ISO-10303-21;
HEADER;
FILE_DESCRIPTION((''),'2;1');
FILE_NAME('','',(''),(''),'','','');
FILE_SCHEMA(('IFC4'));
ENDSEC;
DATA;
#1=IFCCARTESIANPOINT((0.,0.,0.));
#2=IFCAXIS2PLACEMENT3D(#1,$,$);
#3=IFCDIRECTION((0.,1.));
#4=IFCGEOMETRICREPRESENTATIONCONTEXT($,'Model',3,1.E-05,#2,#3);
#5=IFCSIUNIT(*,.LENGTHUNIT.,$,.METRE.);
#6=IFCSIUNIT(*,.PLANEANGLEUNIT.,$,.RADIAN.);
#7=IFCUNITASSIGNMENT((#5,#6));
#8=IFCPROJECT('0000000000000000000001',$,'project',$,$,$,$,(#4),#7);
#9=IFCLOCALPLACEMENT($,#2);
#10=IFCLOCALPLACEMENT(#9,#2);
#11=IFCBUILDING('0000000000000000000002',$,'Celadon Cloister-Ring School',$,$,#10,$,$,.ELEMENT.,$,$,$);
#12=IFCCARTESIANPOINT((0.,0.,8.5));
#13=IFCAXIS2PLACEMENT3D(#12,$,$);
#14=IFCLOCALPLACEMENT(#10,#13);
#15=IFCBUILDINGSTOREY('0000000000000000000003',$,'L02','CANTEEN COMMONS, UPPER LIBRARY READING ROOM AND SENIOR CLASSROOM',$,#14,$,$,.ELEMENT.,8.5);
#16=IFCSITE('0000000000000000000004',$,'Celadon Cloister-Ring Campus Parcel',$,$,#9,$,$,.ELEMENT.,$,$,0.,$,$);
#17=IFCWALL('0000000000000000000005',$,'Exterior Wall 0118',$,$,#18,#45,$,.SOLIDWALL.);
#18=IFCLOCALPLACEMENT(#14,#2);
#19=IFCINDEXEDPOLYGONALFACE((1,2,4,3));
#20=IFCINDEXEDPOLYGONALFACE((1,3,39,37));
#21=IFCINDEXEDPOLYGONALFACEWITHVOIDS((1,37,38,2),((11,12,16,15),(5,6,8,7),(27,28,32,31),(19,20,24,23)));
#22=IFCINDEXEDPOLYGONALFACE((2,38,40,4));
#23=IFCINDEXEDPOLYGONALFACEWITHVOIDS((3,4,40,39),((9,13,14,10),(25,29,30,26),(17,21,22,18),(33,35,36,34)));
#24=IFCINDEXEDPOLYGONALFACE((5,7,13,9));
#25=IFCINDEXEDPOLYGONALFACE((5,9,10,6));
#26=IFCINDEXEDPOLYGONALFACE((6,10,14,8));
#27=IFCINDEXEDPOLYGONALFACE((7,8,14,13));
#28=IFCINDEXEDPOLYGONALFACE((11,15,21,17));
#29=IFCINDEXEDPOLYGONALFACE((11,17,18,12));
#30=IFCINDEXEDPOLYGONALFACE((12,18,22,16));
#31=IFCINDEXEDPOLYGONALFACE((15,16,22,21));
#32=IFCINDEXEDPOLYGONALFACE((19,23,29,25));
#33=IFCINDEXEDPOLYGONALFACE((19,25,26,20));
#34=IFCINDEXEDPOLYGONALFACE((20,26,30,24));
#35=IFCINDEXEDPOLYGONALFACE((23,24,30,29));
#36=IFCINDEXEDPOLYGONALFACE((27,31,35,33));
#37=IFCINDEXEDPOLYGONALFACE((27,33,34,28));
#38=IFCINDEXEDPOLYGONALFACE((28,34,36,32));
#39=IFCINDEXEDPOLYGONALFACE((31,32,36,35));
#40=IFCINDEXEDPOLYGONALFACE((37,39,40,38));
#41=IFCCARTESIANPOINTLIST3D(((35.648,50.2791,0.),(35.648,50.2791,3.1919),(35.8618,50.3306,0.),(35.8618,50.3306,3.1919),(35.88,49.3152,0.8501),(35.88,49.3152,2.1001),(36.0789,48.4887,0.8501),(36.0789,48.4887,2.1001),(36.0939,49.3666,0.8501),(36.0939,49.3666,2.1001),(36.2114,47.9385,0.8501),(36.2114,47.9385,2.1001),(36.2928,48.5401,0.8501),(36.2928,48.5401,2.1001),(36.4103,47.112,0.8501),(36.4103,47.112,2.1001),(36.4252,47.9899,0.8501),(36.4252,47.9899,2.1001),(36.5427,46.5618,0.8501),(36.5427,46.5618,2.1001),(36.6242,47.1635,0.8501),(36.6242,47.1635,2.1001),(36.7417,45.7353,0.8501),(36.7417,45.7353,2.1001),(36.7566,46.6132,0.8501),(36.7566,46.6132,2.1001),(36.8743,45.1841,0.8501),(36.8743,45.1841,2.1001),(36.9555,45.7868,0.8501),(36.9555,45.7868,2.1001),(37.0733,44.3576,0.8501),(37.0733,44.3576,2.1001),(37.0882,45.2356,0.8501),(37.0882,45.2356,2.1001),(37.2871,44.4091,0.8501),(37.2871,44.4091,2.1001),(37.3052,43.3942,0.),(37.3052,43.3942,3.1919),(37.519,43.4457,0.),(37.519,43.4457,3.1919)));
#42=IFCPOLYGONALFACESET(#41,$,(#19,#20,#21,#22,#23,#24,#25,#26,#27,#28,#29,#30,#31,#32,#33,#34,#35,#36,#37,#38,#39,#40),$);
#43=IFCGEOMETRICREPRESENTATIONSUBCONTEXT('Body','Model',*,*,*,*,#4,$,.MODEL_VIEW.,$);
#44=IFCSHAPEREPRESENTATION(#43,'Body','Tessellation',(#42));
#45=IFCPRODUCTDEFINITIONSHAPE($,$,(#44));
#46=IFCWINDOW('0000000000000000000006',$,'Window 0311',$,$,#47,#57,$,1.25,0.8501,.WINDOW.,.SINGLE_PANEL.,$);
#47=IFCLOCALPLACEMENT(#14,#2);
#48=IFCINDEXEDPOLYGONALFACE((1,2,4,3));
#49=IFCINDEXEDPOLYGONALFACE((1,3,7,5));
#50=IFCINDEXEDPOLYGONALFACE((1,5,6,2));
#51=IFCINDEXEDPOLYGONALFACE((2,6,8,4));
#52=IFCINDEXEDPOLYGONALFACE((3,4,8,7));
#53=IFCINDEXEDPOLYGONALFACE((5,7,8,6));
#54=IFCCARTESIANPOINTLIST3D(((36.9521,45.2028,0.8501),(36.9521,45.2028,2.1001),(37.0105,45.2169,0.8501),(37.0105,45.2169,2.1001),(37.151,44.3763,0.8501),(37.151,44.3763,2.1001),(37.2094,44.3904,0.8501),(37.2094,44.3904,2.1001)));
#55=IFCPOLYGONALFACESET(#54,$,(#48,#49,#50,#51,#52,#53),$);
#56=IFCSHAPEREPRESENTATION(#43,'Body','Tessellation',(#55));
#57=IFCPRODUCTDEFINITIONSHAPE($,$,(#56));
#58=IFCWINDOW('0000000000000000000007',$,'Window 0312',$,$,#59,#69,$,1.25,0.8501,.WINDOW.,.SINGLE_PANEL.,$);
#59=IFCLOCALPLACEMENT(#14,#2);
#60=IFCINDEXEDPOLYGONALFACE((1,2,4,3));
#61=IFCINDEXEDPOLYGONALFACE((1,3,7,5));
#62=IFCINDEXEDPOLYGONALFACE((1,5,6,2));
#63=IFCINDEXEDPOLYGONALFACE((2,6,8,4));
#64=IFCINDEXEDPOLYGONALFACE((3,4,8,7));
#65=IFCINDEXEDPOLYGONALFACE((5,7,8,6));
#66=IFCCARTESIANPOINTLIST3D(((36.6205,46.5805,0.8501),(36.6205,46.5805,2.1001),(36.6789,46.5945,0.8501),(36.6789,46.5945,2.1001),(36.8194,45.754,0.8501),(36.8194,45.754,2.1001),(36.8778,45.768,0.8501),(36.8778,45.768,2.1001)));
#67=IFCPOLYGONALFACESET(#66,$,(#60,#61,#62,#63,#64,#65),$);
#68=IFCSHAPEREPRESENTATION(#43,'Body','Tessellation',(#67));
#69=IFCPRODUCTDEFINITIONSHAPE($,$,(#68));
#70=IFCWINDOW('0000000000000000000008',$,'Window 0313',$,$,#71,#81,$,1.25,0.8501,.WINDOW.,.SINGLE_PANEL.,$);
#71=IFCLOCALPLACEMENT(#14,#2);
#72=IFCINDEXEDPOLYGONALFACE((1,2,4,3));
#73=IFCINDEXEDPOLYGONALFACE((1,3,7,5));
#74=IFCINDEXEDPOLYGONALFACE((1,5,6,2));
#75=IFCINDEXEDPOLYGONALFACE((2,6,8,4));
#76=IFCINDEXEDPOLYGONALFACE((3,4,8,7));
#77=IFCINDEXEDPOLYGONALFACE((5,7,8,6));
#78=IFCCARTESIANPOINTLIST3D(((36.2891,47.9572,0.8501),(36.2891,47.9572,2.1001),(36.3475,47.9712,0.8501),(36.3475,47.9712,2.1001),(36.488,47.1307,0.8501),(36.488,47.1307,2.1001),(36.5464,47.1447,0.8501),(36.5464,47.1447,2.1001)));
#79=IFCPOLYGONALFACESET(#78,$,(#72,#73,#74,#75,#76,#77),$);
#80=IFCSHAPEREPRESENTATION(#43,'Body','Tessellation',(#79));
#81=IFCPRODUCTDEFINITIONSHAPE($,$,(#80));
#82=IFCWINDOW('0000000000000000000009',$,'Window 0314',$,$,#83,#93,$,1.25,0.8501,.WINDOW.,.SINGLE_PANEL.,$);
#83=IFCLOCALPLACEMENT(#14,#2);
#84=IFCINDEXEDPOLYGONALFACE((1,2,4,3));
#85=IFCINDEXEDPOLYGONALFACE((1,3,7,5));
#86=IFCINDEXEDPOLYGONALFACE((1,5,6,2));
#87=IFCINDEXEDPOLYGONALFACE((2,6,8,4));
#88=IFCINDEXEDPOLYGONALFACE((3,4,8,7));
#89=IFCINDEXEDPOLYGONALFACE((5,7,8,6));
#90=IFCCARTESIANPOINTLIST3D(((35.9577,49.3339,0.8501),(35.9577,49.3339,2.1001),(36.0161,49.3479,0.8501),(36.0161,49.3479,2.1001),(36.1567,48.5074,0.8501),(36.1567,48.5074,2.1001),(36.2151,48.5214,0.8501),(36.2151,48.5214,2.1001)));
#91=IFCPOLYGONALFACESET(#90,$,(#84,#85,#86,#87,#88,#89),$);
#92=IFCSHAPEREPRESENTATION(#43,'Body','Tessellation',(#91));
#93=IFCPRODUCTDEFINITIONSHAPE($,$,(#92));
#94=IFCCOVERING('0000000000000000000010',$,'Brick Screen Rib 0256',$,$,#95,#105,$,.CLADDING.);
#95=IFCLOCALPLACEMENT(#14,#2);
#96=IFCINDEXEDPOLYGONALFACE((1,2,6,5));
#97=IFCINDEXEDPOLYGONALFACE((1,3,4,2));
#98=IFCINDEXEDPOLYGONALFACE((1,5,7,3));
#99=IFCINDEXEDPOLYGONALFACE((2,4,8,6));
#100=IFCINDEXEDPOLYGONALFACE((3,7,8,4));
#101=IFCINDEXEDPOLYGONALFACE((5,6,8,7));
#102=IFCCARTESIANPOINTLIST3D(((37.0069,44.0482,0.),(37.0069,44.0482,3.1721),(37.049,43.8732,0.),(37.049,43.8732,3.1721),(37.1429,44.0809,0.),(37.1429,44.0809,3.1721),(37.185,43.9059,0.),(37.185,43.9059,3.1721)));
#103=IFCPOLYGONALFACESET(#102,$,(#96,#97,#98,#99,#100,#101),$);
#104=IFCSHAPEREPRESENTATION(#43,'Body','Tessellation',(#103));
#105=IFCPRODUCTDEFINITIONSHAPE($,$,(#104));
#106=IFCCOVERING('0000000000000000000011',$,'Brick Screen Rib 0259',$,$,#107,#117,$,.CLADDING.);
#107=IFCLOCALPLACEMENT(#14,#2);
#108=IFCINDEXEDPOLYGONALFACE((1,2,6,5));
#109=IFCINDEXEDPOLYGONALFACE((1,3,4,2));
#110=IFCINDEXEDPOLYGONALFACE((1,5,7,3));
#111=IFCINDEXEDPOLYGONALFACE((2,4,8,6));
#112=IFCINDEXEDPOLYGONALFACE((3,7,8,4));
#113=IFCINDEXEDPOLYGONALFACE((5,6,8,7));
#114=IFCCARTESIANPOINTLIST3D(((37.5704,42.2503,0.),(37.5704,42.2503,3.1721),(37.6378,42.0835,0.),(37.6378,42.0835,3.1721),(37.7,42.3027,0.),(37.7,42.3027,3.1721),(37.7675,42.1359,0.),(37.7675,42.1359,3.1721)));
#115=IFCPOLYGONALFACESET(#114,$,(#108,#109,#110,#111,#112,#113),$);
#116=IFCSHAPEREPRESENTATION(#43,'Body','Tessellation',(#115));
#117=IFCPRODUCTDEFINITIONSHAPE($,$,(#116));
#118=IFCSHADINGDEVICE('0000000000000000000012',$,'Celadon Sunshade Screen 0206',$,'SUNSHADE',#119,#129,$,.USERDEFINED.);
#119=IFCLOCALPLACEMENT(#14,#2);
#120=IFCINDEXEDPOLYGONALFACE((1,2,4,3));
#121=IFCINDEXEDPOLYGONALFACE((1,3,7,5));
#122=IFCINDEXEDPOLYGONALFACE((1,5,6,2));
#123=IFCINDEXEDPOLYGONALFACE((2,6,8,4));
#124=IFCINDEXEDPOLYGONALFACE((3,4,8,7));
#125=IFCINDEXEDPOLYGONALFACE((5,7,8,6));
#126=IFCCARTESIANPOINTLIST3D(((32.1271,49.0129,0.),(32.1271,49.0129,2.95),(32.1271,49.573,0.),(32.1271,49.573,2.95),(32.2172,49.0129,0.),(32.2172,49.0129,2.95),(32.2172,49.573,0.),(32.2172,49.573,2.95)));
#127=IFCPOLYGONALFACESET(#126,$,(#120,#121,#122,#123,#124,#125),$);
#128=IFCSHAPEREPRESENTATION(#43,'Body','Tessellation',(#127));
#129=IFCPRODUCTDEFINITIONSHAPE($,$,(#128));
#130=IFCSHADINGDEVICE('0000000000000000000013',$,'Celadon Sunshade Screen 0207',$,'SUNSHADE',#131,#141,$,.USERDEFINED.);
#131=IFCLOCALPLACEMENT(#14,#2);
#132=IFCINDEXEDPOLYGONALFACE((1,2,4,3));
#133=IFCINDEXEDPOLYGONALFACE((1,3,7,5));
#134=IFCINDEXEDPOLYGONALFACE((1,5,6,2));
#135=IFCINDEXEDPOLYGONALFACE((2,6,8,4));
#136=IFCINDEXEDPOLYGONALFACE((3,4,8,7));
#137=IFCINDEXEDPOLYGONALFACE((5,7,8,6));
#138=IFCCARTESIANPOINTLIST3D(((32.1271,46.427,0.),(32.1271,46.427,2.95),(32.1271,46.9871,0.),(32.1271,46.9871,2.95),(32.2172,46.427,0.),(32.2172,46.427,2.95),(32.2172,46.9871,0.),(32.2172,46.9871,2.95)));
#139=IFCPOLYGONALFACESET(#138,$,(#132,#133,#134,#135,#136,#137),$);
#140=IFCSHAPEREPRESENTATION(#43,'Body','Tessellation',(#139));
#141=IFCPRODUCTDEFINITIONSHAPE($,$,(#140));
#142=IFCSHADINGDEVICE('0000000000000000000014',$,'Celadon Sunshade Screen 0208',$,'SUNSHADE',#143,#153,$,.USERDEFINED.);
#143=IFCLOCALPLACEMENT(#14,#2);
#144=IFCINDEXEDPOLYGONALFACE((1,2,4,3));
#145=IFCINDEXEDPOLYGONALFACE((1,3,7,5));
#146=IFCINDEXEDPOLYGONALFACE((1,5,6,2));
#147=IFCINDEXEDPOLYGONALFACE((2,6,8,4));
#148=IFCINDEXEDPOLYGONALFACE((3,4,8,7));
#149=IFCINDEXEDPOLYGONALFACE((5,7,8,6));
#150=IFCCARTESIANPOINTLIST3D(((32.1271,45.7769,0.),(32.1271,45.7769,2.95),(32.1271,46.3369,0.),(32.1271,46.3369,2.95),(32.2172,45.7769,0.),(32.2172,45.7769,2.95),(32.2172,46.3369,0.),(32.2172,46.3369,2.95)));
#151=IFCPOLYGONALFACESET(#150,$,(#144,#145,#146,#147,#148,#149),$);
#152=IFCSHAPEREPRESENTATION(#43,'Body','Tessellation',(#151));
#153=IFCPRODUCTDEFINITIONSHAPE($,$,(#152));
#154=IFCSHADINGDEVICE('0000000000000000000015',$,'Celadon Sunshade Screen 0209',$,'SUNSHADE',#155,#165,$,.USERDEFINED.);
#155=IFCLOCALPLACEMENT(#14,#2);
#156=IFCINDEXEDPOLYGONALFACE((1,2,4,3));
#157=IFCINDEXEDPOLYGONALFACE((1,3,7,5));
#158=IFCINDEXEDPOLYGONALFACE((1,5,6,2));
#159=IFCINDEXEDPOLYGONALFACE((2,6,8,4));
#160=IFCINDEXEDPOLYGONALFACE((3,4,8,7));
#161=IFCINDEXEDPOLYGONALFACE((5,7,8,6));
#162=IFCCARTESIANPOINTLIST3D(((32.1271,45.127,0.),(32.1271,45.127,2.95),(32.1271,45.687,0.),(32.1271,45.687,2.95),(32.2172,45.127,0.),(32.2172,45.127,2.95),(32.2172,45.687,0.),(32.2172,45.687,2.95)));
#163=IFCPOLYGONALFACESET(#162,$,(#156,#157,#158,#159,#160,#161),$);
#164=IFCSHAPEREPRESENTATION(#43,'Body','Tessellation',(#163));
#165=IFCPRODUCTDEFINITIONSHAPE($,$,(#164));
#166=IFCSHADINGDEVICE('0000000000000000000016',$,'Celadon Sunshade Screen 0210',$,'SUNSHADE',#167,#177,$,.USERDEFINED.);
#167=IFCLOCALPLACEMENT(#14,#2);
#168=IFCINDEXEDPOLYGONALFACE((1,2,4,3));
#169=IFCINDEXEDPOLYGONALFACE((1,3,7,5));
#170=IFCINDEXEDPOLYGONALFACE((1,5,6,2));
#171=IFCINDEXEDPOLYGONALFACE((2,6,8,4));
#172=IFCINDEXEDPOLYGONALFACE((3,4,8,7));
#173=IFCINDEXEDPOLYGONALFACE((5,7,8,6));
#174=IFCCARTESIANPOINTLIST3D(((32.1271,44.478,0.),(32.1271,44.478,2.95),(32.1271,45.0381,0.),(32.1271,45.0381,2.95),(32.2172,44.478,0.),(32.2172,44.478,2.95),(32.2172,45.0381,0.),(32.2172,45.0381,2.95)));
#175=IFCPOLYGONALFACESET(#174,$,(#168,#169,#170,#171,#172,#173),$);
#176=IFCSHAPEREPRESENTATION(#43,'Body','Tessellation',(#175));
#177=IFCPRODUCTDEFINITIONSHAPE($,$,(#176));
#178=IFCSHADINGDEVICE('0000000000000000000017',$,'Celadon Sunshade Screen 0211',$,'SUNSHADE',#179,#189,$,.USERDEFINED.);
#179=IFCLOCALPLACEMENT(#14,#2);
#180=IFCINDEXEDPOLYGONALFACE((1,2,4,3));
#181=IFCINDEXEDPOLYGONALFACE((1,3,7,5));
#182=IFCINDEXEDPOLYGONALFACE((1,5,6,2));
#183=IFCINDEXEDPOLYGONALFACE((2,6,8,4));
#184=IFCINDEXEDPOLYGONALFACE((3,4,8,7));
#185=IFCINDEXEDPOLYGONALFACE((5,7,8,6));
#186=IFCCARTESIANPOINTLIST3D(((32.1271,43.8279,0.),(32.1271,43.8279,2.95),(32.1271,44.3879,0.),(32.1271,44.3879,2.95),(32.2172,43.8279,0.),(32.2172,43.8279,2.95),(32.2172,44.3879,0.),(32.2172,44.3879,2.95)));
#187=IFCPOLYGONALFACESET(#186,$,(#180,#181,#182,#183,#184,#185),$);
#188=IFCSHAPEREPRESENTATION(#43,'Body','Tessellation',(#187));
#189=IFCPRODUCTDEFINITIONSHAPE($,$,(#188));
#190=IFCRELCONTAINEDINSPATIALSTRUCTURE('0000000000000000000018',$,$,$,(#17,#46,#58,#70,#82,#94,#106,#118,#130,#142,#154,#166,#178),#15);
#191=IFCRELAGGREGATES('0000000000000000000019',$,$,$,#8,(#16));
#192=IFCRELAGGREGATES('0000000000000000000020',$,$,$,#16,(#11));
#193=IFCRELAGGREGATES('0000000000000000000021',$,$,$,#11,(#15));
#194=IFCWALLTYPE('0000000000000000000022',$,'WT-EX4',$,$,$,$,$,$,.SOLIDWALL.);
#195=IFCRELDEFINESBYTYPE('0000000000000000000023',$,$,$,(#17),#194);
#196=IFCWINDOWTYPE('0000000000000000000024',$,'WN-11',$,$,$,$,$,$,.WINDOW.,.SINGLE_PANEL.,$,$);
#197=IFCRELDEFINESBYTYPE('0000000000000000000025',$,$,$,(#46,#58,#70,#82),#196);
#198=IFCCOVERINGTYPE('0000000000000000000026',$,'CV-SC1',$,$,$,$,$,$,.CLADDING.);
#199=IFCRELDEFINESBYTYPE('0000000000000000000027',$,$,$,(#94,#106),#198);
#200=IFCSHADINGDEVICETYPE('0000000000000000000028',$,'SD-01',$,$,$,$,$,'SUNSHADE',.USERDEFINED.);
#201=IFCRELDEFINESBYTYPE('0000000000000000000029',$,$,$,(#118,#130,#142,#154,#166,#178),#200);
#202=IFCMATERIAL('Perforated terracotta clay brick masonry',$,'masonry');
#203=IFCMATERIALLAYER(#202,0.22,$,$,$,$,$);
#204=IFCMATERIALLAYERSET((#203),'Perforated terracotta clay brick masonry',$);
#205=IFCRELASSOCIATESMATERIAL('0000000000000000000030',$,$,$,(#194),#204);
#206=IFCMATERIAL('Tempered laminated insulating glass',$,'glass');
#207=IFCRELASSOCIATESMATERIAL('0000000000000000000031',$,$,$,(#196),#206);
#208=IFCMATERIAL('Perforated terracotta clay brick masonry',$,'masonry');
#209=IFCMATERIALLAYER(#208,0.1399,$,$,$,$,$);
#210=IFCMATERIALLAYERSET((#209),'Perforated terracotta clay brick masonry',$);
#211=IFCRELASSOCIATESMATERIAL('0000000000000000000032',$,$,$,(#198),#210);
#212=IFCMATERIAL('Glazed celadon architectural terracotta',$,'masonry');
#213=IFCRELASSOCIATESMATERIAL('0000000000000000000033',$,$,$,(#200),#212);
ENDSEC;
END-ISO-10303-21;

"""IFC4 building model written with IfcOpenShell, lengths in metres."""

from ifc_helpers import new_model, si_unit, direction, frame, frame_2d, origin, origin_2d, place, context, subcontext, project, spatial, rectangle, extrude, material, layer, layer_set, type_object, element, fill, save


model = new_model("IFC4")

# Units and contexts
model_context = context("Model", 3, precision=1e-05, world=origin(), true_north=direction((0.0, 1.0)))
body_context = subcontext(model_context, "Body", "Model", "MODEL_VIEW")
ifc_project = project(units=[si_unit("LENGTHUNIT", "METRE"), si_unit("PLANEANGLEUNIT", "RADIAN")], contexts=[model_context])

# Site, building, storey
site_placement = place(None, origin())
site = spatial("IfcSite", under=ifc_project, at=site_placement, Name="Celadon Cloister-Ring Campus Parcel", CompositionType="ELEMENT", RefElevation=0.0)
building_placement = place(site_placement, origin())
building = spatial("IfcBuilding", under=site, at=building_placement, Name="Celadon Cloister-Ring School", CompositionType="ELEMENT")
storey_placement = place(building_placement, frame((0.0, 0.0, 8.5)))
storey = spatial("IfcBuildingStorey", under=building, at=storey_placement, Name="L02", Description="CANTEEN COMMONS, UPPER LIBRARY READING ROOM AND SENIOR CLASSROOM", CompositionType="ELEMENT", Elevation=8.5)

# Wall, openings, windows
ifc_material_1 = material(Name="Perforated terracotta clay brick masonry", Category="masonry")
ifc_layer_1 = layer(ifc_material_1, 0.22)
ifc_layer_set_1 = layer_set([ifc_layer_1], Name="Perforated terracotta clay brick masonry")
wall_type_1 = type_object("IfcWallType", Name="WT-EX4", PredefinedType="SOLIDWALL", material=ifc_layer_set_1)
wall_1_placement = place(storey_placement, frame((37.4121, 43.4199, 0.0), z_axis=(0.0, 0.0, 1.0), x_axis=(-0.234017, 0.972232, 0.0)))
wall_1 = element("IfcWall", 1, at=wall_1_placement, inside=storey, type_object=wall_type_1, Name="Exterior Wall 0118", PredefinedType="SOLIDWALL", context=body_context, shape_type="SweptSolid", body=[
    extrude(rectangle(XDim=7.0815, YDim=0.22, at=frame_2d((3.5408, 0.0))), origin(), (0.0, 0.0, 1.0), 3.1919),
])
opening_1_placement = place(wall_1_placement, frame((0.991, 0.0, 0.8501)))
opening_1 = element("IfcOpeningElement", 2, at=opening_1_placement, cuts=wall_1, PredefinedType="OPENING", context=body_context, shape_type="SweptSolid", body=[
    extrude(rectangle(XDim=0.8501, YDim=1.25, at=frame_2d((0.425, 0.625))), frame((0.0, 0.1201, 0.0), z_axis=(0.0, -1.0, 0.0), x_axis=(1.0, 0.0, 0.0)), (0.0, 0.0, 1.0), 0.24),
])
opening_2_placement = place(wall_1_placement, frame((2.408, 0.0, 0.8501)))
opening_2 = element("IfcOpeningElement", 3, at=opening_2_placement, cuts=wall_1, PredefinedType="OPENING", context=body_context, shape_type="SweptSolid", body=[
    extrude(rectangle(XDim=0.8501, YDim=1.25, at=frame_2d((0.425, 0.625))), frame((0.0, 0.1201, 0.0), z_axis=(0.0, -1.0, 0.0), x_axis=(1.0, 0.0, 0.0)), (0.0, 0.0, 1.0), 0.24),
])
opening_3_placement = place(wall_1_placement, frame((3.824, 0.0, 0.8501)))
opening_3 = element("IfcOpeningElement", 4, at=opening_3_placement, cuts=wall_1, PredefinedType="OPENING", context=body_context, shape_type="SweptSolid", body=[
    extrude(rectangle(XDim=0.8501, YDim=1.25, at=frame_2d((0.425, 0.625))), frame((0.0, 0.1201, 0.0), z_axis=(0.0, -1.0, 0.0), x_axis=(1.0, 0.0, 0.0)), (0.0, 0.0, 1.0), 0.24),
])
opening_4_placement = place(wall_1_placement, frame((5.24, 0.0, 0.8501)))
opening_4 = element("IfcOpeningElement", 5, at=opening_4_placement, cuts=wall_1, PredefinedType="OPENING", context=body_context, shape_type="SweptSolid", body=[
    extrude(rectangle(XDim=0.8501, YDim=1.25, at=frame_2d((0.425, 0.625))), frame((0.0, 0.1201, 0.0), z_axis=(0.0, -1.0, 0.0), x_axis=(1.0, 0.0, 0.0)), (0.0, 0.0, 1.0), 0.24),
])
ifc_material_2 = material(Name="Tempered laminated insulating glass", Category="glass")
window_type = type_object("IfcWindowType", Name="WN-11", PartitioningType="SINGLE_PANEL", PredefinedType="WINDOW", material=ifc_material_2)
window_1_placement = place(opening_1_placement, origin())
window_1 = element("IfcWindow", 6, at=window_1_placement, inside=storey, type_object=window_type, Name="Window 0311", OverallHeight=1.25, OverallWidth=0.8501, PartitioningType="SINGLE_PANEL", PredefinedType="WINDOW", context=body_context, shape_type="SweptSolid", body=[
    extrude(rectangle(XDim=0.8501, YDim=1.25, at=frame_2d((0.425, 0.625))), frame((0.0, 0.03, 0.0), z_axis=(0.0, -1.0, 0.0), x_axis=(1.0, 0.0, 0.0)), (0.0, 0.0, 1.0), 0.0601),
])
fill(opening_1, window_1)
window_2_placement = place(opening_2_placement, origin())
window_2 = element("IfcWindow", 7, at=window_2_placement, inside=storey, type_object=window_type, Name="Window 0312", OverallHeight=1.25, OverallWidth=0.8501, PartitioningType="SINGLE_PANEL", PredefinedType="WINDOW", context=body_context, shape_type="SweptSolid", body=[
    extrude(rectangle(XDim=0.8501, YDim=1.25, at=frame_2d((0.425, 0.625))), frame((0.0, 0.03, 0.0), z_axis=(0.0, -1.0, 0.0), x_axis=(1.0, 0.0, 0.0)), (0.0, 0.0, 1.0), 0.0601),
])
fill(opening_2, window_2)
window_3_placement = place(opening_3_placement, origin())
window_3 = element("IfcWindow", 8, at=window_3_placement, inside=storey, type_object=window_type, Name="Window 0313", OverallHeight=1.25, OverallWidth=0.8501, PartitioningType="SINGLE_PANEL", PredefinedType="WINDOW", context=body_context, shape_type="SweptSolid", body=[
    extrude(rectangle(XDim=0.8501, YDim=1.25, at=frame_2d((0.425, 0.625))), frame((0.0, 0.03, 0.0), z_axis=(0.0, -1.0, 0.0), x_axis=(1.0, 0.0, 0.0)), (0.0, 0.0, 1.0), 0.0601),
])
fill(opening_3, window_3)
window_4_placement = place(opening_4_placement, origin())
window_4 = element("IfcWindow", 9, at=window_4_placement, inside=storey, type_object=window_type, Name="Window 0314", OverallHeight=1.25, OverallWidth=0.8501, PartitioningType="SINGLE_PANEL", PredefinedType="WINDOW", context=body_context, shape_type="SweptSolid", body=[
    extrude(rectangle(XDim=0.8501, YDim=1.25, at=frame_2d((0.425, 0.625))), frame((0.0, 0.03, 0.0), z_axis=(0.0, -1.0, 0.0), x_axis=(1.0, 0.0, 0.0)), (0.0, 0.0, 1.0), 0.0601),
])
fill(opening_4, window_4)

# Coverings
ifc_material_3 = material(Name="Perforated terracotta clay brick masonry", Category="masonry")
ifc_layer_2 = layer(ifc_material_3, 0.1399)
ifc_layer_set_2 = layer_set([ifc_layer_2], Name="Perforated terracotta clay brick masonry")
covering_type = type_object("IfcCoveringType", Name="CV-SC1", PredefinedType="CLADDING", material=ifc_layer_set_2)
for number, where, z_axis, x_axis, name in (
    (10, (37.0959, 43.9771, 0.0), (0.0, 0.0, 1.0), (-0.233988, 0.972239, 0.0), "Brick Screen Rib 0256"),
    (11, (37.6689, 42.1931, 0.0), (0.0, 0.0, 1.0), (-0.375043, 0.927007, 0.0), "Brick Screen Rib 0259"),
):
    element("IfcCovering", number, at=place(storey_placement, frame(where, z_axis=z_axis, x_axis=x_axis)), inside=storey, type_object=covering_type, Name=name, PredefinedType="CLADDING", context=body_context, shape_type="SweptSolid", body=[
        extrude(rectangle(XDim=0.1799, YDim=0.1399, at=origin_2d()), origin(), (0.0, 0.0, 1.0), 3.1721),
    ])

# Shading devices
ifc_material_4 = material(Name="Glazed celadon architectural terracotta", Category="masonry")
shading_device_type = type_object("IfcShadingDeviceType", Name="SD-01", ElementType="SUNSHADE", PredefinedType="USERDEFINED", material=ifc_material_4)
for number, where, z_axis, x_axis, name in (
    (12, (32.1721, 49.293, 0.0), (0.0, 0.0, 1.0), (0.0, -1.0, 0.0), "Celadon Sunshade Screen 0206"),
    (13, (32.1721, 46.707, 0.0), (0.0, 0.0, 1.0), (0.0, -1.0, 0.0), "Celadon Sunshade Screen 0207"),
    (14, (32.1721, 46.0569, 0.0), (0.0, 0.0, 1.0), (0.0, -1.0, 0.0), "Celadon Sunshade Screen 0208"),
    (15, (32.1721, 45.407, 0.0), (0.0, 0.0, 1.0), (0.0, -1.0, 0.0), "Celadon Sunshade Screen 0209"),
    (16, (32.1721, 44.7581, 0.0), (0.0, 0.0, 1.0), (0.0, -1.0, 0.0), "Celadon Sunshade Screen 0210"),
    (17, (32.1721, 44.1079, 0.0), (0.0, 0.0, 1.0), (0.0, -1.0, 0.0), "Celadon Sunshade Screen 0211"),
):
    element("IfcShadingDevice", number, at=place(storey_placement, frame(where, z_axis=z_axis, x_axis=x_axis)), inside=storey, type_object=shading_device_type, Name=name, ObjectType="SUNSHADE", PredefinedType="USERDEFINED", context=body_context, shape_type="SweptSolid", body=[
        extrude(rectangle(XDim=0.5601, YDim=0.0901, at=origin_2d()), origin(), (0.0, 0.0, 1.0), 2.95),
    ])

save(model, "model.ifc")
